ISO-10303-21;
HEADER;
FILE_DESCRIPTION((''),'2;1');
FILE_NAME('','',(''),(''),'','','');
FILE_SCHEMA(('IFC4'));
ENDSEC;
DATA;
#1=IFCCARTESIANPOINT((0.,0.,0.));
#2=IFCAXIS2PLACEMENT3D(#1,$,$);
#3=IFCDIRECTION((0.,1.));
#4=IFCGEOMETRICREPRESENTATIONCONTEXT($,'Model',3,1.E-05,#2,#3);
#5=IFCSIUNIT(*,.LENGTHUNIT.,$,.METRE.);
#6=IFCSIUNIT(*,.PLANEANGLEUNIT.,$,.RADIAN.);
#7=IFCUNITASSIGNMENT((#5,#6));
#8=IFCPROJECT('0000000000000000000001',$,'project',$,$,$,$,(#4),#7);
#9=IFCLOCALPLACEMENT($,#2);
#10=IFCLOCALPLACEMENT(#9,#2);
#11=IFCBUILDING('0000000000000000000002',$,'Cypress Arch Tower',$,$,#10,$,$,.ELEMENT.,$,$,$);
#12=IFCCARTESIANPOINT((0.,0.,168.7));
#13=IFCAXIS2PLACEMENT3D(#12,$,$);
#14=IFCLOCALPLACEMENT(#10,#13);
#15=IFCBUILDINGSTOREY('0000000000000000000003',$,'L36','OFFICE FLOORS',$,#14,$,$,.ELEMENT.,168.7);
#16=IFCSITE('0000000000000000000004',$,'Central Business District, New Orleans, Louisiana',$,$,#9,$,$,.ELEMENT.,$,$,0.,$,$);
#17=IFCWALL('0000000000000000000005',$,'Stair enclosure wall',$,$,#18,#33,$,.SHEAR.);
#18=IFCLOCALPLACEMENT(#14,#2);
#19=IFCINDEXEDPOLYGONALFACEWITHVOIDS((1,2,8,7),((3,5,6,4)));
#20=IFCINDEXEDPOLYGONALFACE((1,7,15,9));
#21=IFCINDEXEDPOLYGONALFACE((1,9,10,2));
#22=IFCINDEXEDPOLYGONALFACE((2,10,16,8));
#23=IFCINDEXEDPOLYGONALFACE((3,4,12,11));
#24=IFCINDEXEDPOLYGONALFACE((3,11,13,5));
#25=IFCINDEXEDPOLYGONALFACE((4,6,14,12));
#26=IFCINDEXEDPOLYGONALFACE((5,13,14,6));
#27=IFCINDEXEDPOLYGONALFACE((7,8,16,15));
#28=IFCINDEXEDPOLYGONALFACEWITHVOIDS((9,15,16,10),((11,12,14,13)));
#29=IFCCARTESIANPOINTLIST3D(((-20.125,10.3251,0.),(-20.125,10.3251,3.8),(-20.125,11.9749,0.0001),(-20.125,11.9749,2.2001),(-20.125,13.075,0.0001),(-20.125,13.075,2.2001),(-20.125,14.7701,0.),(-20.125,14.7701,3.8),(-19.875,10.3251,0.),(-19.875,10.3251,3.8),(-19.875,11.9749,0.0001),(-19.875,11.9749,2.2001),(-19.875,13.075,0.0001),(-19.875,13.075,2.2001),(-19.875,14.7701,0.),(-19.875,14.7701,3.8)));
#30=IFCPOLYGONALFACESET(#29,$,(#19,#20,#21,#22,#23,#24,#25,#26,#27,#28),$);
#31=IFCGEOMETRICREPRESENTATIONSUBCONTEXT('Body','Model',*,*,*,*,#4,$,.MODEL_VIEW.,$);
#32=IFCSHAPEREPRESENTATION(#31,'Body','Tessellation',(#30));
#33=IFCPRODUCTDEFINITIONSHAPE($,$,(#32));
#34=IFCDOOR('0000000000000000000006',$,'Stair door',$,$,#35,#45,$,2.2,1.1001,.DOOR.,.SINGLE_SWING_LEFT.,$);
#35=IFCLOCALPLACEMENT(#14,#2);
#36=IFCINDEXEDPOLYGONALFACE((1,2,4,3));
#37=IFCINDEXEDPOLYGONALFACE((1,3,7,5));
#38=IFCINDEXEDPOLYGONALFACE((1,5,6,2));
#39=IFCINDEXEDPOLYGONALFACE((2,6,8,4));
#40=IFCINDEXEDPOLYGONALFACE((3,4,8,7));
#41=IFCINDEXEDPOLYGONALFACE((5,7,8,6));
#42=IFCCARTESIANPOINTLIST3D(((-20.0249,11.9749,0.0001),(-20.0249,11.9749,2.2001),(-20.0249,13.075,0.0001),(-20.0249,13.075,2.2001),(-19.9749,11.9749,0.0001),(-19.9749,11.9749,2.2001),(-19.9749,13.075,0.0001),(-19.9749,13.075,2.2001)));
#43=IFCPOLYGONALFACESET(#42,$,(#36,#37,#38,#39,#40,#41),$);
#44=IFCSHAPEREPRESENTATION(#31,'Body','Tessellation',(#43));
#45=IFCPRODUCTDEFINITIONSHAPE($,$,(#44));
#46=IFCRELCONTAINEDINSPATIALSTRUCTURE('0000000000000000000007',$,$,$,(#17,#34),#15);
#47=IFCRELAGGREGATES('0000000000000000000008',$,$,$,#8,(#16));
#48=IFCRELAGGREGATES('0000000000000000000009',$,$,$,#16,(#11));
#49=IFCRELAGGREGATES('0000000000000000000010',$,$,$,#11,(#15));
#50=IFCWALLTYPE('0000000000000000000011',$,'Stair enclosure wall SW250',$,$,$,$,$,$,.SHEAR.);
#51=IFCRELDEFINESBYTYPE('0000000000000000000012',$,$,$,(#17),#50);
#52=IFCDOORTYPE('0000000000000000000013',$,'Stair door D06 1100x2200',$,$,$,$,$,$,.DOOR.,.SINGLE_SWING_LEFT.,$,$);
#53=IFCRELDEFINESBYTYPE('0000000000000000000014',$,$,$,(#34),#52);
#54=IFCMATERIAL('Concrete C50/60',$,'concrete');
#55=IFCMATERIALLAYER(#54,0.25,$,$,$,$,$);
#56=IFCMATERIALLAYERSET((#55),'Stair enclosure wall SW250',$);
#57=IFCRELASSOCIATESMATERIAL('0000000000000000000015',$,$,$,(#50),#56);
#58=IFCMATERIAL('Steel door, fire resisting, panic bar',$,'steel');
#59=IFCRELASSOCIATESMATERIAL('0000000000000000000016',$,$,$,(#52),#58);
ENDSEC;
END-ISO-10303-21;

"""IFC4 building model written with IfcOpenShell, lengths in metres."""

from ifc_helpers import new_model, si_unit, direction, frame, frame_2d, origin, place, context, subcontext, project, spatial, rectangle, extrude, material, layer, layer_set, type_object, element, fill, save


model = new_model("IFC4")

# Units and contexts
model_context = context("Model", 3, precision=1e-05, world=origin(), true_north=direction((0.0, 1.0)))
body_context = subcontext(model_context, "Body", "Model", "MODEL_VIEW")
ifc_project = project(units=[si_unit("LENGTHUNIT", "METRE"), si_unit("PLANEANGLEUNIT", "RADIAN")], contexts=[model_context])

# Site, building, storey
site_placement = place(None, origin())
site = spatial("IfcSite", under=ifc_project, at=site_placement, Name="Central Business District, New Orleans, Louisiana", CompositionType="ELEMENT", RefElevation=0.0)
building_placement = place(site_placement, origin())
building = spatial("IfcBuilding", under=site, at=building_placement, Name="Cypress Arch Tower", CompositionType="ELEMENT")
storey_placement = place(building_placement, frame((0.0, 0.0, 168.7)))
storey = spatial("IfcBuildingStorey", under=building, at=storey_placement, Name="L36", Description="OFFICE FLOORS", CompositionType="ELEMENT", Elevation=168.7)

# Wall, opening, door
ifc_material_1 = material(Name="Concrete C50/60", Category="concrete")
ifc_layer_1 = layer(ifc_material_1, 0.25)
ifc_layer_set_1 = layer_set([ifc_layer_1], Name="Stair enclosure wall SW250")
wall_type_1 = type_object("IfcWallType", Name="Stair enclosure wall SW250", PredefinedType="SHEAR", material=ifc_layer_set_1)
wall_1_placement = place(storey_placement, frame((-20.0, 10.325, 0.0), z_axis=(0.0, 0.0, 1.0), x_axis=(0.0, 1.0, 0.0)))
wall_1 = element("IfcWall", 1, at=wall_1_placement, inside=storey, type_object=wall_type_1, Name="Stair enclosure wall", PredefinedType="SHEAR", context=body_context, shape_type="SweptSolid", body=[
    extrude(rectangle(XDim=4.4451, YDim=0.25, at=frame_2d((2.2227, 0.0))), origin(), (0.0, 0.0, 1.0), 3.8),
])
opening_1_placement = place(wall_1_placement, frame((1.6499, 0.0, 0.0)))
opening_1 = element("IfcOpeningElement", 2, at=opening_1_placement, cuts=wall_1, PredefinedType="OPENING", context=body_context, shape_type="SweptSolid", body=[
    extrude(rectangle(XDim=1.1001, YDim=2.2, at=frame_2d((0.55, 1.1001))), frame((0.0, 0.135, 0.0), z_axis=(0.0, -1.0, 0.0), x_axis=(1.0, 0.0, 0.0)), (0.0, 0.0, 1.0), 0.27),
])
ifc_material_2 = material(Name="Steel door, fire resisting, panic bar", Category="steel")
door_type_1 = type_object("IfcDoorType", Name="Stair door D06 1100x2200", OperationType="SINGLE_SWING_LEFT", PredefinedType="DOOR", material=ifc_material_2)
door_1_placement = place(opening_1_placement, origin())
door_1 = element("IfcDoor", 3, at=door_1_placement, inside=storey, type_object=door_type_1, Name="Stair door", OperationType="SINGLE_SWING_LEFT", OverallHeight=2.2, OverallWidth=1.1001, PredefinedType="DOOR", context=body_context, shape_type="SweptSolid", body=[
    extrude(rectangle(XDim=1.1001, YDim=2.2, at=frame_2d((0.55, 1.1001))), frame((0.0, 0.0249, 0.0), z_axis=(0.0, -1.0, 0.0), x_axis=(1.0, 0.0, 0.0)), (0.0, 0.0, 1.0), 0.05),
])
fill(opening_1, door_1)

save(model, "model.ifc")
